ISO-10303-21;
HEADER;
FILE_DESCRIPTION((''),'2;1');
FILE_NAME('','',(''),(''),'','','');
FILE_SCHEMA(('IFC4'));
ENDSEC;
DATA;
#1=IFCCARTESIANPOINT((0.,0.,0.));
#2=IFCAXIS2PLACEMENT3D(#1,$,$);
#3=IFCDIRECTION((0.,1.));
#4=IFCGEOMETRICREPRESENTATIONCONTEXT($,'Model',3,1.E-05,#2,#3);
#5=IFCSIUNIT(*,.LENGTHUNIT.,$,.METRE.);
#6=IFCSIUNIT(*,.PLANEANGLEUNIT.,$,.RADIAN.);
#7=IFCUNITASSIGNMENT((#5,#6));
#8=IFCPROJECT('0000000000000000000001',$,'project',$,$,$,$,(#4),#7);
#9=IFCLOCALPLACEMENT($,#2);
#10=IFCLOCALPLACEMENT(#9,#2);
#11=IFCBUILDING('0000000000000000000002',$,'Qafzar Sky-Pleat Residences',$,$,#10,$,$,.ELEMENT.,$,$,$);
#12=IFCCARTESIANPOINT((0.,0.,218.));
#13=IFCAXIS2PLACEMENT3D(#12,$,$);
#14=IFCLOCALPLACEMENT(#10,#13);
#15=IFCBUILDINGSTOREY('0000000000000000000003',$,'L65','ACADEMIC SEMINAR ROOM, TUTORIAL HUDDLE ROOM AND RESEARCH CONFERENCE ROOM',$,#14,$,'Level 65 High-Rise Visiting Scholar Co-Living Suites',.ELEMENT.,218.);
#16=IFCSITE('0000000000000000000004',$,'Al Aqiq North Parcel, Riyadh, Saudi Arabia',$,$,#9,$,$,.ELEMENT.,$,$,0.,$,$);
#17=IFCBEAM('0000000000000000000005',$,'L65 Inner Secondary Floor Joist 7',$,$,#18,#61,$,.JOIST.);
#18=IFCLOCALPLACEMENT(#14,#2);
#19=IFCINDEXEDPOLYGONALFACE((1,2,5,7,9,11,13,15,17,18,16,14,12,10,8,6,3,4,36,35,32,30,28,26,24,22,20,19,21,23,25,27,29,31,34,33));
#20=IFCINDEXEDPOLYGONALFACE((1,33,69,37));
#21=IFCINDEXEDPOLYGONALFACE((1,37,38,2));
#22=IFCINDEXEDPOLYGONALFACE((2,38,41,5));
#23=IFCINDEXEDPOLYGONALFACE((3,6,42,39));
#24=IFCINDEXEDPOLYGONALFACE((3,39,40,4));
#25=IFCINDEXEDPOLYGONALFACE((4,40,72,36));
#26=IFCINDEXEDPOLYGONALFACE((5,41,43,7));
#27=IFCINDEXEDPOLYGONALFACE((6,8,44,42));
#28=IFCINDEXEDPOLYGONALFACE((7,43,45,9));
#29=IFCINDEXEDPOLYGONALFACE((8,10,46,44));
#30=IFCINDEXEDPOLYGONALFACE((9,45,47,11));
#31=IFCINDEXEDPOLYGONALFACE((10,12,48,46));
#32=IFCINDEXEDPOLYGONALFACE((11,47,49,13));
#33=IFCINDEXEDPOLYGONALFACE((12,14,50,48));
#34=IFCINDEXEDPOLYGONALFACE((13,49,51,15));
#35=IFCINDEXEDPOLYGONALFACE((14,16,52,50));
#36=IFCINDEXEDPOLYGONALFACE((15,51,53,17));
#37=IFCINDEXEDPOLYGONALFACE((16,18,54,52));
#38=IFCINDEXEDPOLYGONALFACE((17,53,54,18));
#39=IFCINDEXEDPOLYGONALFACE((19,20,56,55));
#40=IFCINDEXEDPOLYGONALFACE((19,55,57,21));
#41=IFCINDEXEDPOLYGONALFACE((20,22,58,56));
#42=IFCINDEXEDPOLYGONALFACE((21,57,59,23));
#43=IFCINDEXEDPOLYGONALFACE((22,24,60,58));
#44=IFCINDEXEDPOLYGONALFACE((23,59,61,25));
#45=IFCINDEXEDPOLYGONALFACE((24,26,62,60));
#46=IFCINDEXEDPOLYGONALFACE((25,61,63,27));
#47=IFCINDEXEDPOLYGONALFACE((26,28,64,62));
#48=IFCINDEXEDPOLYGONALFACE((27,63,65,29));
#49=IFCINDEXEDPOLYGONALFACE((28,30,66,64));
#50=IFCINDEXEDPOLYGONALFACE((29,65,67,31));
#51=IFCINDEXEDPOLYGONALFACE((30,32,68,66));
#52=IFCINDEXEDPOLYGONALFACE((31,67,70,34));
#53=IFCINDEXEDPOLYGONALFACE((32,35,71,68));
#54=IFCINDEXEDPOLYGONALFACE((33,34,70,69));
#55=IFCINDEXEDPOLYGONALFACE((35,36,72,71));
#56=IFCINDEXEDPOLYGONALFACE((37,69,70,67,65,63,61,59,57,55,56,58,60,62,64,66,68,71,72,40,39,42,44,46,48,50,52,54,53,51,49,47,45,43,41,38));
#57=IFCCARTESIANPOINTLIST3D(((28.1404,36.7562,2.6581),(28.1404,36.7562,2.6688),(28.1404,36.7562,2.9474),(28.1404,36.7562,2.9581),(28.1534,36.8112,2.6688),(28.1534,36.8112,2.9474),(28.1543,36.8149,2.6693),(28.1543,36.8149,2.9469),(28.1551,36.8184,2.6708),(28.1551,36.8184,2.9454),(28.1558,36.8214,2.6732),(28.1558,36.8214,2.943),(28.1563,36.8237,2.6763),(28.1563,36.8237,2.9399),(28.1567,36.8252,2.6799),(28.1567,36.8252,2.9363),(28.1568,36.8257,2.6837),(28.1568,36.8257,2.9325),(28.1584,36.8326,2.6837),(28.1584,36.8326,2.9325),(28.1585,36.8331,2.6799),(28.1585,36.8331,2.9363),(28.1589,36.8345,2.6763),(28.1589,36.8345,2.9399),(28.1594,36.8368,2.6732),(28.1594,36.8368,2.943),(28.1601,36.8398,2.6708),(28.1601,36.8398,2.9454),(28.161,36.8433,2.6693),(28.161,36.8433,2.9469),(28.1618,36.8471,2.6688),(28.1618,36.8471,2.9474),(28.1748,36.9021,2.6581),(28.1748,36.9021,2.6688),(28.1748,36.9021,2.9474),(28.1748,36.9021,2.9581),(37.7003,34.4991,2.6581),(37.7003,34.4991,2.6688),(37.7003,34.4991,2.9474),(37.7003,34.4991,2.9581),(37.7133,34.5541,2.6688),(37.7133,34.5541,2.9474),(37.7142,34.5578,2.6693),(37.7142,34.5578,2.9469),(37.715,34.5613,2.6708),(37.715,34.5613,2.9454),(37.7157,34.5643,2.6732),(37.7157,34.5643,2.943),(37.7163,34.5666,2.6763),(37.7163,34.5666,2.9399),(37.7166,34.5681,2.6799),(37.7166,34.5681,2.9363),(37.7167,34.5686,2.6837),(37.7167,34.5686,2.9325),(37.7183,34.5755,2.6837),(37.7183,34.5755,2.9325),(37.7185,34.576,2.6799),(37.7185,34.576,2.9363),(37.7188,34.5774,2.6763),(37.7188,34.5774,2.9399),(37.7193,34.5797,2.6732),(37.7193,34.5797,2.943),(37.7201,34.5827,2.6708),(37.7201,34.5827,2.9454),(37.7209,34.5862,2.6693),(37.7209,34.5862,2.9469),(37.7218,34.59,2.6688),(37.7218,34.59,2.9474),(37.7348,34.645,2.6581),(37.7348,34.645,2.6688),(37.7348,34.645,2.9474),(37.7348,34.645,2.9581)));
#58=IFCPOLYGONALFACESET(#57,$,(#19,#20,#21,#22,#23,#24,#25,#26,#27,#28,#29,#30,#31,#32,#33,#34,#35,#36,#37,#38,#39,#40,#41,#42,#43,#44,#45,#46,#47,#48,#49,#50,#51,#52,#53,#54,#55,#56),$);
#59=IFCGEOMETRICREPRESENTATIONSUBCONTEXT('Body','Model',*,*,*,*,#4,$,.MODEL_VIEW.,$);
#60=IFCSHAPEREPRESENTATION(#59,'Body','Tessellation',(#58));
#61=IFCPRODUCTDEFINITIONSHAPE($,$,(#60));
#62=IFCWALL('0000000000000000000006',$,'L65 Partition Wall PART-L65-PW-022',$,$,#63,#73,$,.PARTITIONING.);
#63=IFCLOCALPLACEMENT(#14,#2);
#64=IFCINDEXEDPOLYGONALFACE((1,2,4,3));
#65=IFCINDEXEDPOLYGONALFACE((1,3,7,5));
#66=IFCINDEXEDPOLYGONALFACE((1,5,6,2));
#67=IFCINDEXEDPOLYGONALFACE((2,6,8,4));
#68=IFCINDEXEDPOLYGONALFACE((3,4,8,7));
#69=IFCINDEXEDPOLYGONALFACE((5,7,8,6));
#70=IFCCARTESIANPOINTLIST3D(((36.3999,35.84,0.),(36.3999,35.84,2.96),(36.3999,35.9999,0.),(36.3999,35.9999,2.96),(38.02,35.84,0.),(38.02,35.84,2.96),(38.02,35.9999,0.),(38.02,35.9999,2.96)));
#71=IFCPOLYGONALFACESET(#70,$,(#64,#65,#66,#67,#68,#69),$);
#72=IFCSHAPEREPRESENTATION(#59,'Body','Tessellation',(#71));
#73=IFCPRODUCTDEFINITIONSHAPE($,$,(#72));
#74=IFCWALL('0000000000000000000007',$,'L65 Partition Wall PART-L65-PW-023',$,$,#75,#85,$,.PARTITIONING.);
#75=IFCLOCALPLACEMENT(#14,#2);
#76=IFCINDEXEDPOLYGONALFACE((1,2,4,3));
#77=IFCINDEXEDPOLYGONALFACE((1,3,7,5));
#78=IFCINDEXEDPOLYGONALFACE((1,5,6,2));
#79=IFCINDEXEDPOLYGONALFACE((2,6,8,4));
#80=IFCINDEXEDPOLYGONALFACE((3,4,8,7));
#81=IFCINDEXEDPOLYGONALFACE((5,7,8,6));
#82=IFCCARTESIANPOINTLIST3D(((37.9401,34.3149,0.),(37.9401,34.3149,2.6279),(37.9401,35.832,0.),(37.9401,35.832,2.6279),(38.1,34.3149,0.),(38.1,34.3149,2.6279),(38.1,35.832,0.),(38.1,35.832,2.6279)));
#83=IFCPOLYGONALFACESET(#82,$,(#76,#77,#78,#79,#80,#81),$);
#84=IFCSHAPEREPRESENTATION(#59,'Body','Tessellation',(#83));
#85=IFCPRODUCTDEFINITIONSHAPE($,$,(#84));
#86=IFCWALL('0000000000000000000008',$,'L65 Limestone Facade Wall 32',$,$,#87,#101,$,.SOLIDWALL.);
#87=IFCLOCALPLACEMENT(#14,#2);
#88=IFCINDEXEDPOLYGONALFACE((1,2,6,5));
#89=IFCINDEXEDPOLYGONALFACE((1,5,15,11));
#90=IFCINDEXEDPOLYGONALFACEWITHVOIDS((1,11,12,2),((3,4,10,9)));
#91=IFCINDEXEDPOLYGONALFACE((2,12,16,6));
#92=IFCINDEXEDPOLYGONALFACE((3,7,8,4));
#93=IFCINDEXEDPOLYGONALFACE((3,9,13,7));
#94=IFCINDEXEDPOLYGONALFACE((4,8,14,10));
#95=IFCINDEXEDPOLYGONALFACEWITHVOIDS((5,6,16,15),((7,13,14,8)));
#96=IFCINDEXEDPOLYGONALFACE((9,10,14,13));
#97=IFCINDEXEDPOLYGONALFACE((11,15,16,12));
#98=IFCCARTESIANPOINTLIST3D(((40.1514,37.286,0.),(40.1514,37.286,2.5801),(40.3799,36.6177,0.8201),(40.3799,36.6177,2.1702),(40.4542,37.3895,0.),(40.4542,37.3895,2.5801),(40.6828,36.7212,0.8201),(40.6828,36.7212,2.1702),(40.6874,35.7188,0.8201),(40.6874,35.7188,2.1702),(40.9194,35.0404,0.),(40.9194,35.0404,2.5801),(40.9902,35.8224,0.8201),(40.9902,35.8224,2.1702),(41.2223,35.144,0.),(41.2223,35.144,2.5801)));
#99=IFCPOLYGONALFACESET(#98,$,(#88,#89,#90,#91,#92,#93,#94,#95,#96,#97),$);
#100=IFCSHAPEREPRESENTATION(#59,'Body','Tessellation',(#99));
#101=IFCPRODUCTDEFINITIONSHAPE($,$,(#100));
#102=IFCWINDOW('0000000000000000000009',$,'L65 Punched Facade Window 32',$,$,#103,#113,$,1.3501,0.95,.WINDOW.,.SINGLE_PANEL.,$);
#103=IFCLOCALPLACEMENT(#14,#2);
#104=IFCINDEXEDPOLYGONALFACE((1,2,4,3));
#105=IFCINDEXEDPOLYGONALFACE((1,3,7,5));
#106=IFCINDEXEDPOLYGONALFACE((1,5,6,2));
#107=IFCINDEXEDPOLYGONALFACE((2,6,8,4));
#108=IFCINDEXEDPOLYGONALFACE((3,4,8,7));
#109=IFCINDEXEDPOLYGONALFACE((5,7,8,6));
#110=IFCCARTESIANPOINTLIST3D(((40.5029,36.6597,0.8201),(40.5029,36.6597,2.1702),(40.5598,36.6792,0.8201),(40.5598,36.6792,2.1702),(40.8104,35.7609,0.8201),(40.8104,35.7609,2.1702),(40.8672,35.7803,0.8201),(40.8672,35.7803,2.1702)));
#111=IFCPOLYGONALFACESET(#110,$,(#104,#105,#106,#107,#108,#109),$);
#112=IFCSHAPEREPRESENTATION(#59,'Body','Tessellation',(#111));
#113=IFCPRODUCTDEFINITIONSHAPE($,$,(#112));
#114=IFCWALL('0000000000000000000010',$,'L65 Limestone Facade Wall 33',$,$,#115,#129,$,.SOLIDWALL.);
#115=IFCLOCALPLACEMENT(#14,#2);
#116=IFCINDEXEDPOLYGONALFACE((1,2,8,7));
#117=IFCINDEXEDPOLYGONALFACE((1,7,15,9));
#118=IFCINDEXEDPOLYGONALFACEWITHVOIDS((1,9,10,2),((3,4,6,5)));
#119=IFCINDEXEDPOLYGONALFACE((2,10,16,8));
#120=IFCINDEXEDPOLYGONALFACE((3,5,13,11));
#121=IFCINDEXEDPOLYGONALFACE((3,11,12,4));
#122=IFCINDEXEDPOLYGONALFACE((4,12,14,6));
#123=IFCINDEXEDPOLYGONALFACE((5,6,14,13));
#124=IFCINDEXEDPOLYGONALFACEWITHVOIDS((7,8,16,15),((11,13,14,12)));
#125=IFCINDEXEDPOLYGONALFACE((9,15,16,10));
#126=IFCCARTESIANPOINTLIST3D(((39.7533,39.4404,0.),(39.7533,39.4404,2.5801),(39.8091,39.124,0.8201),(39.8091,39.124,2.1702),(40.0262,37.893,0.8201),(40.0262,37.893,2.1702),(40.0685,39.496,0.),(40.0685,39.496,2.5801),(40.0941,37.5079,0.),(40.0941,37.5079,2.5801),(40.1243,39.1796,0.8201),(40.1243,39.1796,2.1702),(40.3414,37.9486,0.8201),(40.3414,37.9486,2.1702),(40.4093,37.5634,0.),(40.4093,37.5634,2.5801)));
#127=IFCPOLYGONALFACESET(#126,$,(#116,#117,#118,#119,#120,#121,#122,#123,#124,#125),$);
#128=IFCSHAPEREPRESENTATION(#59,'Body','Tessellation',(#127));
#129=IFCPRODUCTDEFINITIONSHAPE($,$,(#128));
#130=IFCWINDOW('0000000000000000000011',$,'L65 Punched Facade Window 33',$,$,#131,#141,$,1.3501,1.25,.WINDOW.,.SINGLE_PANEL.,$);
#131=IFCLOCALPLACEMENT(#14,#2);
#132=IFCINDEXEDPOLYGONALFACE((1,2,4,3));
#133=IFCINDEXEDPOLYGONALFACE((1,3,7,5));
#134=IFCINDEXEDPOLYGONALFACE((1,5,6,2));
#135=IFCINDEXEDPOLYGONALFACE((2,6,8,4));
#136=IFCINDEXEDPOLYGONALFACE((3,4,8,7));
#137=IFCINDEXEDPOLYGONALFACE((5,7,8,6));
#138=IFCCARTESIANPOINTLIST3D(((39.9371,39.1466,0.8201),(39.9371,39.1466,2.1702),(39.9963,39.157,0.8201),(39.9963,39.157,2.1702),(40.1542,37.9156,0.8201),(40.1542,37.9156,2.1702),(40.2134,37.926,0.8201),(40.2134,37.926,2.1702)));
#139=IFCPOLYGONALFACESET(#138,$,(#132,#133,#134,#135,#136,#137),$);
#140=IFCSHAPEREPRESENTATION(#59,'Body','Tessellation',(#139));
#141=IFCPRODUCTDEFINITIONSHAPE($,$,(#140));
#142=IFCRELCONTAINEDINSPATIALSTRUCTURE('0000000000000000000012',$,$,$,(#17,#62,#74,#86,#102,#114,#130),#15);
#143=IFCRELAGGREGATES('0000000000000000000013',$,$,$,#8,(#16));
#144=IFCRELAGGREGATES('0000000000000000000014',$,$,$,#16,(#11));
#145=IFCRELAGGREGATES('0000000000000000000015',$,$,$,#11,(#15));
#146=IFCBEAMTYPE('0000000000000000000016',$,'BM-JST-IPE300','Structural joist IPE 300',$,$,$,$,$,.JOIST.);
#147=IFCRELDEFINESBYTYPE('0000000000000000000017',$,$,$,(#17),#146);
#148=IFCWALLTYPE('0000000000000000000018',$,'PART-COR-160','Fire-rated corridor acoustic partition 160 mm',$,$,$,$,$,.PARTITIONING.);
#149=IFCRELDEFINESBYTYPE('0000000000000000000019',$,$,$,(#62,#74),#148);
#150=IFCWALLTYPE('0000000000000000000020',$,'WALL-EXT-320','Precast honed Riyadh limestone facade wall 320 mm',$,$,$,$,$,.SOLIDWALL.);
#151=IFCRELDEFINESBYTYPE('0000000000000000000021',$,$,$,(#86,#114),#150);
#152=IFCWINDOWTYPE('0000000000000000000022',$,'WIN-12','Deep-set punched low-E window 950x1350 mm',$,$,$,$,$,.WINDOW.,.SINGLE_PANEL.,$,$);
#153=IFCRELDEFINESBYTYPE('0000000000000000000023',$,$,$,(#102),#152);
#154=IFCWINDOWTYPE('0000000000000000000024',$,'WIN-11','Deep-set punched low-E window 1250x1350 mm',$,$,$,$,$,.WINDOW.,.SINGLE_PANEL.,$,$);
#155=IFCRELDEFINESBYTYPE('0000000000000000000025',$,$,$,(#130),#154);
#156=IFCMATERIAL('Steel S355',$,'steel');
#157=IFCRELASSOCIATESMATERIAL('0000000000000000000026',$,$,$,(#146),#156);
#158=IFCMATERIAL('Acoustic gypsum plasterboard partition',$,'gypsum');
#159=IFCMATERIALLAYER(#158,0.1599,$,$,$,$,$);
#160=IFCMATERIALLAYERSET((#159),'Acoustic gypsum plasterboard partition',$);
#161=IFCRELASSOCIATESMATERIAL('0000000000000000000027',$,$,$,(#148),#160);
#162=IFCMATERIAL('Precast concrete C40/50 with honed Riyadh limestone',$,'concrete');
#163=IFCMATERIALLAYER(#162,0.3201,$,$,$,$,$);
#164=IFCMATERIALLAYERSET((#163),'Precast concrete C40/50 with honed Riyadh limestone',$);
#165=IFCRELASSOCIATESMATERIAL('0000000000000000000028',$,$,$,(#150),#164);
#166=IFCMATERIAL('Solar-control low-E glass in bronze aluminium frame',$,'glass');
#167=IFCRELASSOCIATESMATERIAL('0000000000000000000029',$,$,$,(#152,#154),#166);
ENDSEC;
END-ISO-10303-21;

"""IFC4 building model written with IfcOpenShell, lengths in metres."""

from ifc_helpers import new_model, si_unit, direction, frame, frame_2d, origin, origin_2d, place, context, subcontext, project, spatial, rectangle, i_section, extrude, source, transform, mapped, material, layer, layer_set, material_profile, profile_set, type_object, element, fill, save


model = new_model("IFC4")

# Units and contexts
model_context = context("Model", 3, precision=1e-05, world=origin(), true_north=direction((0.0, 1.0)))
body_context = subcontext(model_context, "Body", "Model", "MODEL_VIEW")
ifc_project = project(units=[si_unit("LENGTHUNIT", "METRE"), si_unit("PLANEANGLEUNIT", "RADIAN")], contexts=[model_context])

# Site, building, storey
site_placement = place(None, origin())
site = spatial("IfcSite", under=ifc_project, at=site_placement, Name="Al Aqiq North Parcel, Riyadh, Saudi Arabia", CompositionType="ELEMENT", RefElevation=0.0)
building_placement = place(site_placement, origin())
building = spatial("IfcBuilding", under=site, at=building_placement, Name="Qafzar Sky-Pleat Residences", CompositionType="ELEMENT")
storey_placement = place(building_placement, frame((0.0, 0.0, 218.0)))
storey = spatial("IfcBuildingStorey", under=building, at=storey_placement, Name="L65", Description="ACADEMIC SEMINAR ROOM, TUTORIAL HUDDLE ROOM AND RESEARCH CONFERENCE ROOM", LongName="Level 65 High-Rise Visiting Scholar Co-Living Suites", CompositionType="ELEMENT", Elevation=218.0)

# Beam
ifc_material_1 = material(Name="Steel S355", Category="steel")
ifc_material_profile_1 = material_profile(ifc_material_1, i_section(OverallWidth=0.1499, OverallDepth=0.3, WebThickness=0.0071, FlangeThickness=0.0107, FilletRadius=0.0149, at=origin_2d()), Name="IPE 300")
ifc_profile_set_1 = profile_set([ifc_material_profile_1], Name="Steel S355")
beam_type_1 = type_object("IfcBeamType", Name="BM-JST-IPE300", Description="Structural joist IPE 300", PredefinedType="JOIST", material=ifc_profile_set_1)
shared_shape_1 = source(origin(), body_context, "Body", "SweptSolid", [
    extrude(i_section(OverallWidth=0.1499, OverallDepth=0.3, WebThickness=0.0071, FlangeThickness=0.0107, FilletRadius=0.0149, at=origin_2d()), origin(), (0.0, 0.0, 1.0), 9.8228),
])
beam_1_placement = place(storey_placement, frame((37.7175, 34.572, 2.8081), z_axis=(-0.973242, 0.229783, 0.0), x_axis=(-0.229783, -0.973242, 0.0)))
element("IfcBeam", 1, at=beam_1_placement, inside=storey, type_object=beam_type_1, Name="L65 Inner Secondary Floor Joist 7", PredefinedType="JOIST", context=body_context, shape_type="MappedRepresentation", body=[
    mapped(shared_shape_1, transform((0.0, 0.0, 0.0), x_axis=(1.0, 0.0, 0.0), y_axis=(0.0, 1.0, 0.0), z_axis=(0.0, 0.0, 1.0), scale=1.0)),
])

# Walls
ifc_material_2 = material(Name="Acoustic gypsum plasterboard partition", Category="gypsum")
ifc_layer_1 = layer(ifc_material_2, 0.1599)
ifc_layer_set_1 = layer_set([ifc_layer_1], Name="Acoustic gypsum plasterboard partition")
wall_type_1 = type_object("IfcWallType", Name="PART-COR-160", Description="Fire-rated corridor acoustic partition 160 mm", PredefinedType="PARTITIONING", material=ifc_layer_set_1)
wall_1_placement = place(storey_placement, frame((36.3999, 35.9199, 0.0), z_axis=(0.0, 0.0, 1.0), x_axis=(1.0, 0.0, 0.0)))
element("IfcWall", 2, at=wall_1_placement, inside=storey, type_object=wall_type_1, Name="L65 Partition Wall PART-L65-PW-022", PredefinedType="PARTITIONING", context=body_context, shape_type="SweptSolid", body=[
    extrude(rectangle(XDim=1.6201, YDim=0.1599, at=frame_2d((0.8101, 0.0))), origin(), (0.0, 0.0, 1.0), 2.96),
])
wall_2_placement = place(storey_placement, frame((38.02, 34.3149, 0.0), z_axis=(0.0, 0.0, 1.0), x_axis=(0.0, 1.0, 0.0)))
element("IfcWall", 3, at=wall_2_placement, inside=storey, type_object=wall_type_1, Name="L65 Partition Wall PART-L65-PW-023", PredefinedType="PARTITIONING", context=body_context, shape_type="SweptSolid", body=[
    extrude(rectangle(XDim=1.5171, YDim=0.1599, at=frame_2d((0.7585, 0.0))), origin(), (0.0, 0.0, 1.0), 2.6279),
])

# Walls, openings, windows
ifc_material_3 = material(Name="Precast concrete C40/50 with honed Riyadh limestone", Category="concrete")
ifc_layer_2 = layer(ifc_material_3, 0.3201)
ifc_layer_set_2 = layer_set([ifc_layer_2], Name="Precast concrete C40/50 with honed Riyadh limestone")
wall_type_2 = type_object("IfcWallType", Name="WALL-EXT-320", Description="Precast honed Riyadh limestone facade wall 320 mm", PredefinedType="SOLIDWALL", material=ifc_layer_set_2)
wall_3_placement = place(storey_placement, frame((41.0708, 35.0923, 0.0), z_axis=(0.0, 0.0, 1.0), x_axis=(-0.323625, 0.946186, 0.0)))
wall_3 = element("IfcWall", 4, at=wall_3_placement, inside=storey, type_object=wall_type_2, Name="L65 Limestone Facade Wall 32", PredefinedType="SOLIDWALL", context=body_context, shape_type="SweptSolid", body=[
    extrude(rectangle(XDim=2.3733, YDim=0.3201, at=frame_2d((1.1865, 0.0))), origin(), (0.0, 0.0, 1.0), 2.5801),
])
opening_1_placement = place(wall_3_placement, frame((0.7168, 0.0, 0.8201)))
opening_1 = element("IfcOpeningElement", 5, at=opening_1_placement, cuts=wall_3, PredefinedType="OPENING", context=body_context, shape_type="SweptSolid", body=[
    extrude(rectangle(XDim=0.95, YDim=1.3501, at=frame_2d((0.4751, 0.675))), frame((0.0, 0.1699, 0.0), z_axis=(0.0, -1.0, 0.0), x_axis=(1.0, 0.0, 0.0)), (0.0, 0.0, 1.0), 0.3401),
])
ifc_material_4 = material(Name="Solar-control low-E glass in bronze aluminium frame", Category="glass")
window_type_1 = type_object("IfcWindowType", Name="WIN-12", Description="Deep-set punched low-E window 950x1350 mm", PartitioningType="SINGLE_PANEL", PredefinedType="WINDOW", material=ifc_material_4)
shared_shape_2 = source(origin(), body_context, "Body", "SweptSolid", [
    extrude(rectangle(XDim=0.95, YDim=1.3501, at=frame_2d((0.4751, 0.675))), frame((0.0, 0.03, 0.0), z_axis=(0.0, -1.0, 0.0), x_axis=(1.0, 0.0, 0.0)), (0.0, 0.0, 1.0), 0.0601),
])
window_1_placement = place(opening_1_placement, origin())
window_1 = element("IfcWindow", 6, at=window_1_placement, inside=storey, type_object=window_type_1, Name="L65 Punched Facade Window 32", OverallHeight=1.3501, OverallWidth=0.95, PartitioningType="SINGLE_PANEL", PredefinedType="WINDOW", context=body_context, shape_type="MappedRepresentation", body=[
    mapped(shared_shape_2, transform((0.0, 0.0, 0.0), x_axis=(1.0, 0.0, 0.0), y_axis=(0.0, 1.0, 0.0), z_axis=(0.0, 0.0, 1.0), scale=1.0)),
])
fill(opening_1, window_1)
wall_4_placement = place(storey_placement, frame((40.2517, 37.5356, 0.0), z_axis=(0.0, 0.0, 1.0), x_axis=(-0.173672, 0.984804, 0.0)))
wall_4 = element("IfcWall", 7, at=wall_4_placement, inside=storey, type_object=wall_type_2, Name="L65 Limestone Facade Wall 33", PredefinedType="SOLIDWALL", context=body_context, shape_type="SweptSolid", body=[
    extrude(rectangle(XDim=1.9624, YDim=0.3201, at=frame_2d((0.9812, 0.0))), origin(), (0.0, 0.0, 1.0), 2.5801),
])
opening_2_placement = place(wall_4_placement, frame((0.3911, 0.0, 0.8201)))
opening_2 = element("IfcOpeningElement", 8, at=opening_2_placement, cuts=wall_4, PredefinedType="OPENING", context=body_context, shape_type="SweptSolid", body=[
    extrude(rectangle(XDim=1.25, YDim=1.3501, at=frame_2d((0.625, 0.675))), frame((0.0, 0.1699, 0.0), z_axis=(0.0, -1.0, 0.0), x_axis=(1.0, 0.0, 0.0)), (0.0, 0.0, 1.0), 0.3401),
])
window_type_2 = type_object("IfcWindowType", Name="WIN-11", Description="Deep-set punched low-E window 1250x1350 mm", PartitioningType="SINGLE_PANEL", PredefinedType="WINDOW", material=ifc_material_4)
shared_shape_3 = source(origin(), body_context, "Body", "SweptSolid", [
    extrude(rectangle(XDim=1.25, YDim=1.3501, at=frame_2d((0.625, 0.675))), frame((0.0, 0.03, 0.0), z_axis=(0.0, -1.0, 0.0), x_axis=(1.0, 0.0, 0.0)), (0.0, 0.0, 1.0), 0.0601),
])
window_2_placement = place(opening_2_placement, origin())
window_2 = element("IfcWindow", 9, at=window_2_placement, inside=storey, type_object=window_type_2, Name="L65 Punched Facade Window 33", OverallHeight=1.3501, OverallWidth=1.25, PartitioningType="SINGLE_PANEL", PredefinedType="WINDOW", context=body_context, shape_type="MappedRepresentation", body=[
    mapped(shared_shape_3, transform((0.0, 0.0, 0.0), x_axis=(1.0, 0.0, 0.0), y_axis=(0.0, 1.0, 0.0), z_axis=(0.0, 0.0, 1.0), scale=1.0)),
])
fill(opening_2, window_2)

save(model, "model.ifc")
